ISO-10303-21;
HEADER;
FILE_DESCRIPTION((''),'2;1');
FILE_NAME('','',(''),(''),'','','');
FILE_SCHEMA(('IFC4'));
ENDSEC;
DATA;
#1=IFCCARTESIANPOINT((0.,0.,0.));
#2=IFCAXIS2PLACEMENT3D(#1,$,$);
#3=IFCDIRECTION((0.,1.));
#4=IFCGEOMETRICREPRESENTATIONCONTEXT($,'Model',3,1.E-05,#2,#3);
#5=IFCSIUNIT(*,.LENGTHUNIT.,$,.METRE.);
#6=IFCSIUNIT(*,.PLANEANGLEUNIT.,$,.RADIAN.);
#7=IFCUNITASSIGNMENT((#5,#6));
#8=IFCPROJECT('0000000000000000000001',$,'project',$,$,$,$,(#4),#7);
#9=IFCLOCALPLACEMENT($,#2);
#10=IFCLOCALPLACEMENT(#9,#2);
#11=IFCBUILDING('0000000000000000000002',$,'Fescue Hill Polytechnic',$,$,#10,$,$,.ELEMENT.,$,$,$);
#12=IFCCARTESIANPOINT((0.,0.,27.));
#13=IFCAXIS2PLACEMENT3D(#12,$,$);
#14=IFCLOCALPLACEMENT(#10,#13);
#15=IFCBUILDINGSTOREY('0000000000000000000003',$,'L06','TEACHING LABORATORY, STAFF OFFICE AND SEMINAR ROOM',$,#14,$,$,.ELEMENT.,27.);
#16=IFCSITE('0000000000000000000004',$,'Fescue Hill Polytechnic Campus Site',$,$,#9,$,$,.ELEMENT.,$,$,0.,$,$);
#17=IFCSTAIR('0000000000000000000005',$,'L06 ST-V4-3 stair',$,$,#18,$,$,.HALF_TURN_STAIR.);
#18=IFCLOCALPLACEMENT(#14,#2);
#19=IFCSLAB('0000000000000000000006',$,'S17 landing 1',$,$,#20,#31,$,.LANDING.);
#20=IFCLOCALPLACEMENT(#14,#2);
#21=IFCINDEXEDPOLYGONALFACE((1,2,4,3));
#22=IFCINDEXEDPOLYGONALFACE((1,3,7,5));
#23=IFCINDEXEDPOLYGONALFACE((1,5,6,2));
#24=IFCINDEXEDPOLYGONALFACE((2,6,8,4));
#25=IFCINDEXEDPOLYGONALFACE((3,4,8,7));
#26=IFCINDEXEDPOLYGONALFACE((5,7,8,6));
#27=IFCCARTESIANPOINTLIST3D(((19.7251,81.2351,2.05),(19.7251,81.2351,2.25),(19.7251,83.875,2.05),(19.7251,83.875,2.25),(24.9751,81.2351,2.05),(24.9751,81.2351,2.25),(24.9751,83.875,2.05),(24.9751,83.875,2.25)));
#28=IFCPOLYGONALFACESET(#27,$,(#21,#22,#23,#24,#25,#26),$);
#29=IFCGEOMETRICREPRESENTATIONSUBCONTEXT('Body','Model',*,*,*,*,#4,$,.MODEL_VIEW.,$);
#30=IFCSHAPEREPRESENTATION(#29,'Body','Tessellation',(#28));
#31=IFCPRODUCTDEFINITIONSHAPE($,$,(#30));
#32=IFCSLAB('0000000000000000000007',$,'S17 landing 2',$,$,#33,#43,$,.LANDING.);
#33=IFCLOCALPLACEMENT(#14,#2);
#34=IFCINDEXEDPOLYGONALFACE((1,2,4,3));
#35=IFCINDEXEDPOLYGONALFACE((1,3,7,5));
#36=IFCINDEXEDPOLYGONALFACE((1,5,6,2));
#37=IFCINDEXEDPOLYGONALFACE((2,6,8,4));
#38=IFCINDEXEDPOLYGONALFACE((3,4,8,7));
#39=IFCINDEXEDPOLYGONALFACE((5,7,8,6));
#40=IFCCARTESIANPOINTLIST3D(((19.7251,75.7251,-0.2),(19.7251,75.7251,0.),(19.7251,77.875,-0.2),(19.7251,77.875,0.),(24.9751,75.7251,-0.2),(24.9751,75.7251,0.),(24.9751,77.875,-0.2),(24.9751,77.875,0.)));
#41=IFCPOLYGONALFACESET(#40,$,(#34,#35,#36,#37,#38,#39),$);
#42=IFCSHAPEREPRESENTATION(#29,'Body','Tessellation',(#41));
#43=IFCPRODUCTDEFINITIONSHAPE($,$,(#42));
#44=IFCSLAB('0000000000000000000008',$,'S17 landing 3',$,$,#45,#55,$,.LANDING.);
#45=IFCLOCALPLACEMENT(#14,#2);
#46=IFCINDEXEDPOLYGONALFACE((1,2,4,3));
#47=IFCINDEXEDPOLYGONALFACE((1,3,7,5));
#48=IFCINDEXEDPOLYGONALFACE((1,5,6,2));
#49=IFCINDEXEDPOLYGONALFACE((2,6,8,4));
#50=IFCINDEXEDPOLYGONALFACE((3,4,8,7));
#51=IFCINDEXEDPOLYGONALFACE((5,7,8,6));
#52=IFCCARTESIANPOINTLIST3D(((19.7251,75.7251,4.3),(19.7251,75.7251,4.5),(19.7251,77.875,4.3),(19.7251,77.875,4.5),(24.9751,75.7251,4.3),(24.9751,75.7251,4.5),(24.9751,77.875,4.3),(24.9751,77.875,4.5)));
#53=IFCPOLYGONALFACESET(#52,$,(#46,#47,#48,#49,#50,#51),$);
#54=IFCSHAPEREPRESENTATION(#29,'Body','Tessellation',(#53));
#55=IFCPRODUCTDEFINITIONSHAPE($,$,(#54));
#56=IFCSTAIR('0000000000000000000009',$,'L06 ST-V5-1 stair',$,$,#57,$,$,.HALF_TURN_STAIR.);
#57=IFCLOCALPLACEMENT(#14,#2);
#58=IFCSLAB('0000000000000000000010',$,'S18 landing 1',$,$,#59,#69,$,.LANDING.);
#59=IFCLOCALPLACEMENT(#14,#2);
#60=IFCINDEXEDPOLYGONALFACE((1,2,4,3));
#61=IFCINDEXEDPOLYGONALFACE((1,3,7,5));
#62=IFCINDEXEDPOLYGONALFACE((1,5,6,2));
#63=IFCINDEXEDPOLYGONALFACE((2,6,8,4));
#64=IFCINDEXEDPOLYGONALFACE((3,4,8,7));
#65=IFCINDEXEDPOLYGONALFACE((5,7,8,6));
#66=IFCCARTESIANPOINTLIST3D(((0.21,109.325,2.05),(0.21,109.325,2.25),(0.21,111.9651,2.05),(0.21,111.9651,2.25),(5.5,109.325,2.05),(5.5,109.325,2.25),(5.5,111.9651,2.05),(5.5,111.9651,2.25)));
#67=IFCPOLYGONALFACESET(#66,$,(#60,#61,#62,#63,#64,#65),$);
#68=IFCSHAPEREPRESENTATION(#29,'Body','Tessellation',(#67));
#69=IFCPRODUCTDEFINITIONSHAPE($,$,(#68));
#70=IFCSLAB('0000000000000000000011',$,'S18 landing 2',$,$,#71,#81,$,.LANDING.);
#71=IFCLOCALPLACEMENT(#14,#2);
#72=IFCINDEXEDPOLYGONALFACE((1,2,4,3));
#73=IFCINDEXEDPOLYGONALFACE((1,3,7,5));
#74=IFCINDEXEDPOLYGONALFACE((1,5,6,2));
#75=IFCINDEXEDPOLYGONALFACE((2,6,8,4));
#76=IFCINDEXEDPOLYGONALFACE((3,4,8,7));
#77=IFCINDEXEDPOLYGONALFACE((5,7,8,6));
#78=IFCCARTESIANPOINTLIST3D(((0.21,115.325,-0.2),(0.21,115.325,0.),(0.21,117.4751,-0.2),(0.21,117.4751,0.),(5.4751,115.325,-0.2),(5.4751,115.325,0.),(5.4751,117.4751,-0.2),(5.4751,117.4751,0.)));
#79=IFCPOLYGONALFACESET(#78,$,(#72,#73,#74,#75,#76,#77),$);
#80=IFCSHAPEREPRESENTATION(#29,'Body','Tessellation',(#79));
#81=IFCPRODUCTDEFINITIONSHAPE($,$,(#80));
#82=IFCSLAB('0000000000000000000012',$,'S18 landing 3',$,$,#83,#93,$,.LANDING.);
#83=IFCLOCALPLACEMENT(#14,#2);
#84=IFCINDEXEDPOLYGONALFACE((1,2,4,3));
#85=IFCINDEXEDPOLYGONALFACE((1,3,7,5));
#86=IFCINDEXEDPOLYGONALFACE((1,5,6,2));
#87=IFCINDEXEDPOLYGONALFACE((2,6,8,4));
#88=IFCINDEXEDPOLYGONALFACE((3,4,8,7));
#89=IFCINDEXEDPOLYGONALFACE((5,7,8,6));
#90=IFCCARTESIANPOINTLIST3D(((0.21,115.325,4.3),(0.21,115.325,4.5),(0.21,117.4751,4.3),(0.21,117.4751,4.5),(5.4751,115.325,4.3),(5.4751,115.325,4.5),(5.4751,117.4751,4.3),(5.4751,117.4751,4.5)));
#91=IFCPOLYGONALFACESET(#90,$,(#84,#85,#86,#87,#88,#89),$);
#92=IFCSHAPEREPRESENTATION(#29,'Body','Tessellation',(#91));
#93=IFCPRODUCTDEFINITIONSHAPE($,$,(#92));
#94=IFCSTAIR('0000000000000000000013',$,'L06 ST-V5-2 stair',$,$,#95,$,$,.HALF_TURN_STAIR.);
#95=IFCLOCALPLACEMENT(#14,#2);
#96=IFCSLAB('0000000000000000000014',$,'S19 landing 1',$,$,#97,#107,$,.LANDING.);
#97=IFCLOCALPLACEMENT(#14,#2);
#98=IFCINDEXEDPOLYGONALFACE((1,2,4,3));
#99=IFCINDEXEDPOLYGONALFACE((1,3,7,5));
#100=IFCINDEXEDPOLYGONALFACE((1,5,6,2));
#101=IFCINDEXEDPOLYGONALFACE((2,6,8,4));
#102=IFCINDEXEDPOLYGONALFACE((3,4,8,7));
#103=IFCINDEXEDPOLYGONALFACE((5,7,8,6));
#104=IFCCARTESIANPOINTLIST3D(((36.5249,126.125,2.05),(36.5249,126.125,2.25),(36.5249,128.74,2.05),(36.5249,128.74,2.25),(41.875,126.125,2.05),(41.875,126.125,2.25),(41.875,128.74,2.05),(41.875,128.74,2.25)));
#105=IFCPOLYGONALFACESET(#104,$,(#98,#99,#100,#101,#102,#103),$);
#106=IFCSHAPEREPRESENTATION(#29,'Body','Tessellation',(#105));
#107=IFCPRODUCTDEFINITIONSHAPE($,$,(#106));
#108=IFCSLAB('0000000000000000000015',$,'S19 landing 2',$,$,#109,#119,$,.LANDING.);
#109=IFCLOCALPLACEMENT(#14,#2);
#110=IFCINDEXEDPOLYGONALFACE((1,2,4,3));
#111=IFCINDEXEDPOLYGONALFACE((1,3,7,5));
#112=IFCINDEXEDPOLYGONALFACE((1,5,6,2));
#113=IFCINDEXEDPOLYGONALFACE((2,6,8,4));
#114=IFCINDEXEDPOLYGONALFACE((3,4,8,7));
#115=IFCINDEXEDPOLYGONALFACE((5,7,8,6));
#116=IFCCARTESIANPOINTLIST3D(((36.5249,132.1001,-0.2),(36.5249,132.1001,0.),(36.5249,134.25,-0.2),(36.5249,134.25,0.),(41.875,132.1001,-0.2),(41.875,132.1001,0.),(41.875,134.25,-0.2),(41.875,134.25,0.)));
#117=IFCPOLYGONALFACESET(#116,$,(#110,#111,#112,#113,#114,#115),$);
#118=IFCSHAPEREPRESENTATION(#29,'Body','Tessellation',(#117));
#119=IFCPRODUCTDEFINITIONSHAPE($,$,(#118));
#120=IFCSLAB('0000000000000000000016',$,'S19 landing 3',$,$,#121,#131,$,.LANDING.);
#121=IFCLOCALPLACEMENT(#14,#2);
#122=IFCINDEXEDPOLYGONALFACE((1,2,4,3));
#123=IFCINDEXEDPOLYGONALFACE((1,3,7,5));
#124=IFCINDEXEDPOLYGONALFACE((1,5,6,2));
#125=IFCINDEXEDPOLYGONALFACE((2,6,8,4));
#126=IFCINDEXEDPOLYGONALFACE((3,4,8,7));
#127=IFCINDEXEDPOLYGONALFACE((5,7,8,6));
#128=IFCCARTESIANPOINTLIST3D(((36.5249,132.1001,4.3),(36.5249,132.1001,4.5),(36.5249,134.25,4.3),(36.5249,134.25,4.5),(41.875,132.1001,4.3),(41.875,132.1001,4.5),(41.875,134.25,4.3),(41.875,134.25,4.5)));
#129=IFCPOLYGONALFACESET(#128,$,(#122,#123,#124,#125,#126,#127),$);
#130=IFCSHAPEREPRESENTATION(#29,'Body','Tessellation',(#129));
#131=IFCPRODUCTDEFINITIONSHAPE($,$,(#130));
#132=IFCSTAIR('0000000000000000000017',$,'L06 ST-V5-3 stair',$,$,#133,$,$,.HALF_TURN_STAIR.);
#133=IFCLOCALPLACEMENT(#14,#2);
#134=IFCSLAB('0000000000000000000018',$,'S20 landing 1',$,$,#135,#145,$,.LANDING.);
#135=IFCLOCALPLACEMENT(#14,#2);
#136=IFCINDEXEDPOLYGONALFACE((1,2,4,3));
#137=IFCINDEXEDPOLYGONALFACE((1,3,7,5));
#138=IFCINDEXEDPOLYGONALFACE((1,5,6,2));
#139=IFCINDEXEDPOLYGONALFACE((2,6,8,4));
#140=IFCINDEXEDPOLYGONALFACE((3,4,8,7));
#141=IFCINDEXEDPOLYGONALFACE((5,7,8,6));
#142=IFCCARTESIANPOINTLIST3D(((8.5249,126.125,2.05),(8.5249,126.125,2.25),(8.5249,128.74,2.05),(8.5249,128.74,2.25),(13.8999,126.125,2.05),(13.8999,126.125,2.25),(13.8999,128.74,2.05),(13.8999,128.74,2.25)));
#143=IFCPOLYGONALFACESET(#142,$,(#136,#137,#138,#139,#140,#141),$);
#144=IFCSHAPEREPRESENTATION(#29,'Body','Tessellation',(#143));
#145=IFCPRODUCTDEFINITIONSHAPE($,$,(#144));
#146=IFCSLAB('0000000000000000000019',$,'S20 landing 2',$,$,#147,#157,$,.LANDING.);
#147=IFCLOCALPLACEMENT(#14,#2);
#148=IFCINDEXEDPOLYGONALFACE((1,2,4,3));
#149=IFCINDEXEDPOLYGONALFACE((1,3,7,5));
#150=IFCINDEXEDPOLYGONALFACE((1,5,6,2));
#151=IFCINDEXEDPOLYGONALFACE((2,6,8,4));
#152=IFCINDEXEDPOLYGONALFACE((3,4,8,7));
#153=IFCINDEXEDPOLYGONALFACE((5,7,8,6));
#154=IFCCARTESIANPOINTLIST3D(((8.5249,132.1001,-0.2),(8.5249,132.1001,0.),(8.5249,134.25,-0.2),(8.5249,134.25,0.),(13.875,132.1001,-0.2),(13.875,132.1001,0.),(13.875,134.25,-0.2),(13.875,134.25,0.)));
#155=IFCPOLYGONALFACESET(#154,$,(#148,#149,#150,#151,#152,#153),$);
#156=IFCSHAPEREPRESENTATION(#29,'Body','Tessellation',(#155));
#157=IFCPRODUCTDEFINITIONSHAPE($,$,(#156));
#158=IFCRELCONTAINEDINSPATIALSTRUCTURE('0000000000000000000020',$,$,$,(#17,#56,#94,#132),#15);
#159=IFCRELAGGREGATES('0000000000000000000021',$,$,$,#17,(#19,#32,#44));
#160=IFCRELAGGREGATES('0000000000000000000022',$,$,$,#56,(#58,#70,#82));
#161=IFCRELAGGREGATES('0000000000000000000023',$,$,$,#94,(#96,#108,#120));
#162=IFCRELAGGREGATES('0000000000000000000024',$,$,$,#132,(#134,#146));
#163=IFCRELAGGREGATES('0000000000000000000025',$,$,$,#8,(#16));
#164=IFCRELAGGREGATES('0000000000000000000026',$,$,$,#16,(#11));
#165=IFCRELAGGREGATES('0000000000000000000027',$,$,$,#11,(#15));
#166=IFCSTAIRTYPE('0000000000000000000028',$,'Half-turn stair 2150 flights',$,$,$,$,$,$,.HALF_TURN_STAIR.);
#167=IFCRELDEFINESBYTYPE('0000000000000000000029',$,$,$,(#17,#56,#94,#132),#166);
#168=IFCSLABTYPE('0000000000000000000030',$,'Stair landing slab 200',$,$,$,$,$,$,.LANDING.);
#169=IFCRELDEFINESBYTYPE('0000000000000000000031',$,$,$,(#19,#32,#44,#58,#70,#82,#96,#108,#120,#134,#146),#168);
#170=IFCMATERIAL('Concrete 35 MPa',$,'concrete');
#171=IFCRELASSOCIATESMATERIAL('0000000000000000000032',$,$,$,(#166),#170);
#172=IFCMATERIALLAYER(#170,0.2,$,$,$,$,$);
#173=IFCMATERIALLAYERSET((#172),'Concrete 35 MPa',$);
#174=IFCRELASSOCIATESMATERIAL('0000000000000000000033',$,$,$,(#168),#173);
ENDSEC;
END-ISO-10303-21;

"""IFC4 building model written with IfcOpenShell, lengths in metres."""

from ifc_helpers import new_model, si_unit, direction, frame, origin, place, context, subcontext, project, spatial, polyline, outline, extrude, material, layer, layer_set, type_object, element, aggregate, save


model = new_model("IFC4")

# Units and contexts
model_context = context("Model", 3, precision=1e-05, world=origin(), true_north=direction((0.0, 1.0)))
body_context = subcontext(model_context, "Body", "Model", "MODEL_VIEW")
ifc_project = project(units=[si_unit("LENGTHUNIT", "METRE"), si_unit("PLANEANGLEUNIT", "RADIAN")], contexts=[model_context])

# Site, building, storey
site_placement = place(None, origin())
site = spatial("IfcSite", under=ifc_project, at=site_placement, Name="Fescue Hill Polytechnic Campus Site", CompositionType="ELEMENT", RefElevation=0.0)
building_placement = place(site_placement, origin())
building = spatial("IfcBuilding", under=site, at=building_placement, Name="Fescue Hill Polytechnic", CompositionType="ELEMENT")
storey_placement = place(building_placement, frame((0.0, 0.0, 27.0)))
storey = spatial("IfcBuildingStorey", under=building, at=storey_placement, Name="L06", Description="TEACHING LABORATORY, STAFF OFFICE AND SEMINAR ROOM", CompositionType="ELEMENT", Elevation=27.0)

# Shared definitions
ifc_material_1 = material(Name="Concrete 35 MPa", Category="concrete")

# Stairs, slabs
stair_type = type_object("IfcStairType", Name="Half-turn stair 2150 flights", PredefinedType="HALF_TURN_STAIR", material=ifc_material_1)
ifc_layer_1 = layer(ifc_material_1, 0.2)
ifc_layer_set_1 = layer_set([ifc_layer_1], Name="Concrete 35 MPa")
slab_type_1 = type_object("IfcSlabType", Name="Stair landing slab 200", PredefinedType="LANDING", material=ifc_layer_set_1)
stair_1_placement = place(storey_placement, origin())
stair_1 = element("IfcStair", 1, at=stair_1_placement, inside=storey, type_object=stair_type, Name="L06 ST-V4-3 stair", PredefinedType="HALF_TURN_STAIR")
slab_1_placement = place(storey_placement, frame((0.0, 0.0, 2.05)))
slab_1 = element("IfcSlab", 2, at=slab_1_placement, type_object=slab_type_1, Name="S17 landing 1", PredefinedType="LANDING", context=body_context, shape_type="SweptSolid", body=[
    extrude(outline(polyline([(19.7251, 81.2351), (24.9751, 81.2351), (24.9751, 83.875), (19.7251, 83.875), (19.7251, 81.2351)])), origin(), (0.0, 0.0, 1.0), 0.2),
])
slab_2_placement = place(storey_placement, frame((0.0, 0.0, -0.2)))
slab_2 = element("IfcSlab", 3, at=slab_2_placement, type_object=slab_type_1, Name="S17 landing 2", PredefinedType="LANDING", context=body_context, shape_type="SweptSolid", body=[
    extrude(outline(polyline([(19.7251, 75.7251), (24.9751, 75.7251), (24.9751, 77.875), (19.7251, 77.875), (19.7251, 75.7251)])), origin(), (0.0, 0.0, 1.0), 0.2),
])
slab_3_placement = place(storey_placement, frame((0.0, 0.0, 4.3)))
slab_3 = element("IfcSlab", 4, at=slab_3_placement, type_object=slab_type_1, Name="S17 landing 3", PredefinedType="LANDING", context=body_context, shape_type="SweptSolid", body=[
    extrude(outline(polyline([(19.7251, 75.7251), (24.9751, 75.7251), (24.9751, 77.875), (19.7251, 77.875), (19.7251, 75.7251)])), origin(), (0.0, 0.0, 1.0), 0.2),
])
aggregate(stair_1, [slab_1, slab_2, slab_3])
stair_2_placement = place(storey_placement, origin())
stair_2 = element("IfcStair", 5, at=stair_2_placement, inside=storey, type_object=stair_type, Name="L06 ST-V5-1 stair", PredefinedType="HALF_TURN_STAIR")
slab_4_placement = place(storey_placement, frame((0.0, 0.0, 2.05)))
slab_4 = element("IfcSlab", 6, at=slab_4_placement, type_object=slab_type_1, Name="S18 landing 1", PredefinedType="LANDING", context=body_context, shape_type="SweptSolid", body=[
    extrude(outline(polyline([(0.21, 109.325), (5.5, 109.325), (5.5, 111.9651), (0.21, 111.9651), (0.21, 109.325)])), origin(), (0.0, 0.0, 1.0), 0.2),
])
slab_5_placement = place(storey_placement, frame((0.0, 0.0, -0.2)))
slab_5 = element("IfcSlab", 7, at=slab_5_placement, type_object=slab_type_1, Name="S18 landing 2", PredefinedType="LANDING", context=body_context, shape_type="SweptSolid", body=[
    extrude(outline(polyline([(0.21, 115.325), (5.4751, 115.325), (5.4751, 117.4751), (0.21, 117.4751), (0.21, 115.325)])), origin(), (0.0, 0.0, 1.0), 0.2),
])
slab_6_placement = place(storey_placement, frame((0.0, 0.0, 4.3)))
slab_6 = element("IfcSlab", 8, at=slab_6_placement, type_object=slab_type_1, Name="S18 landing 3", PredefinedType="LANDING", context=body_context, shape_type="SweptSolid", body=[
    extrude(outline(polyline([(0.21, 115.325), (5.4751, 115.325), (5.4751, 117.4751), (0.21, 117.4751), (0.21, 115.325)])), origin(), (0.0, 0.0, 1.0), 0.2),
])
aggregate(stair_2, [slab_4, slab_5, slab_6])
stair_3_placement = place(storey_placement, origin())
stair_3 = element("IfcStair", 9, at=stair_3_placement, inside=storey, type_object=stair_type, Name="L06 ST-V5-2 stair", PredefinedType="HALF_TURN_STAIR")
slab_7_placement = place(storey_placement, frame((0.0, 0.0, 2.05)))
slab_7 = element("IfcSlab", 10, at=slab_7_placement, type_object=slab_type_1, Name="S19 landing 1", PredefinedType="LANDING", context=body_context, shape_type="SweptSolid", body=[
    extrude(outline(polyline([(36.5249, 126.125), (41.875, 126.125), (41.875, 128.74), (36.5249, 128.74), (36.5249, 126.125)])), origin(), (0.0, 0.0, 1.0), 0.2),
])
slab_8_placement = place(storey_placement, frame((0.0, 0.0, -0.2)))
slab_8 = element("IfcSlab", 11, at=slab_8_placement, type_object=slab_type_1, Name="S19 landing 2", PredefinedType="LANDING", context=body_context, shape_type="SweptSolid", body=[
    extrude(outline(polyline([(36.5249, 132.1001), (41.875, 132.1001), (41.875, 134.25), (36.5249, 134.25), (36.5249, 132.1001)])), origin(), (0.0, 0.0, 1.0), 0.2),
])
slab_9_placement = place(storey_placement, frame((0.0, 0.0, 4.3)))
slab_9 = element("IfcSlab", 12, at=slab_9_placement, type_object=slab_type_1, Name="S19 landing 3", PredefinedType="LANDING", context=body_context, shape_type="SweptSolid", body=[
    extrude(outline(polyline([(36.5249, 132.1001), (41.875, 132.1001), (41.875, 134.25), (36.5249, 134.25), (36.5249, 132.1001)])), origin(), (0.0, 0.0, 1.0), 0.2),
])
aggregate(stair_3, [slab_7, slab_8, slab_9])
stair_4_placement = place(storey_placement, origin())
stair_4 = element("IfcStair", 13, at=stair_4_placement, inside=storey, type_object=stair_type, Name="L06 ST-V5-3 stair", PredefinedType="HALF_TURN_STAIR")
slab_10_placement = place(storey_placement, frame((0.0, 0.0, 2.05)))
slab_10 = element("IfcSlab", 14, at=slab_10_placement, type_object=slab_type_1, Name="S20 landing 1", PredefinedType="LANDING", context=body_context, shape_type="SweptSolid", body=[
    extrude(outline(polyline([(8.5249, 126.125), (13.8999, 126.125), (13.8999, 128.74), (8.5249, 128.74), (8.5249, 126.125)])), origin(), (0.0, 0.0, 1.0), 0.2),
])
slab_11_placement = place(storey_placement, frame((0.0, 0.0, -0.2)))
slab_11 = element("IfcSlab", 15, at=slab_11_placement, type_object=slab_type_1, Name="S20 landing 2", PredefinedType="LANDING", context=body_context, shape_type="SweptSolid", body=[
    extrude(outline(polyline([(8.5249, 132.1001), (13.875, 132.1001), (13.875, 134.25), (8.5249, 134.25), (8.5249, 132.1001)])), origin(), (0.0, 0.0, 1.0), 0.2),
])
aggregate(stair_4, [slab_10, slab_11])

save(model, "model.ifc")
